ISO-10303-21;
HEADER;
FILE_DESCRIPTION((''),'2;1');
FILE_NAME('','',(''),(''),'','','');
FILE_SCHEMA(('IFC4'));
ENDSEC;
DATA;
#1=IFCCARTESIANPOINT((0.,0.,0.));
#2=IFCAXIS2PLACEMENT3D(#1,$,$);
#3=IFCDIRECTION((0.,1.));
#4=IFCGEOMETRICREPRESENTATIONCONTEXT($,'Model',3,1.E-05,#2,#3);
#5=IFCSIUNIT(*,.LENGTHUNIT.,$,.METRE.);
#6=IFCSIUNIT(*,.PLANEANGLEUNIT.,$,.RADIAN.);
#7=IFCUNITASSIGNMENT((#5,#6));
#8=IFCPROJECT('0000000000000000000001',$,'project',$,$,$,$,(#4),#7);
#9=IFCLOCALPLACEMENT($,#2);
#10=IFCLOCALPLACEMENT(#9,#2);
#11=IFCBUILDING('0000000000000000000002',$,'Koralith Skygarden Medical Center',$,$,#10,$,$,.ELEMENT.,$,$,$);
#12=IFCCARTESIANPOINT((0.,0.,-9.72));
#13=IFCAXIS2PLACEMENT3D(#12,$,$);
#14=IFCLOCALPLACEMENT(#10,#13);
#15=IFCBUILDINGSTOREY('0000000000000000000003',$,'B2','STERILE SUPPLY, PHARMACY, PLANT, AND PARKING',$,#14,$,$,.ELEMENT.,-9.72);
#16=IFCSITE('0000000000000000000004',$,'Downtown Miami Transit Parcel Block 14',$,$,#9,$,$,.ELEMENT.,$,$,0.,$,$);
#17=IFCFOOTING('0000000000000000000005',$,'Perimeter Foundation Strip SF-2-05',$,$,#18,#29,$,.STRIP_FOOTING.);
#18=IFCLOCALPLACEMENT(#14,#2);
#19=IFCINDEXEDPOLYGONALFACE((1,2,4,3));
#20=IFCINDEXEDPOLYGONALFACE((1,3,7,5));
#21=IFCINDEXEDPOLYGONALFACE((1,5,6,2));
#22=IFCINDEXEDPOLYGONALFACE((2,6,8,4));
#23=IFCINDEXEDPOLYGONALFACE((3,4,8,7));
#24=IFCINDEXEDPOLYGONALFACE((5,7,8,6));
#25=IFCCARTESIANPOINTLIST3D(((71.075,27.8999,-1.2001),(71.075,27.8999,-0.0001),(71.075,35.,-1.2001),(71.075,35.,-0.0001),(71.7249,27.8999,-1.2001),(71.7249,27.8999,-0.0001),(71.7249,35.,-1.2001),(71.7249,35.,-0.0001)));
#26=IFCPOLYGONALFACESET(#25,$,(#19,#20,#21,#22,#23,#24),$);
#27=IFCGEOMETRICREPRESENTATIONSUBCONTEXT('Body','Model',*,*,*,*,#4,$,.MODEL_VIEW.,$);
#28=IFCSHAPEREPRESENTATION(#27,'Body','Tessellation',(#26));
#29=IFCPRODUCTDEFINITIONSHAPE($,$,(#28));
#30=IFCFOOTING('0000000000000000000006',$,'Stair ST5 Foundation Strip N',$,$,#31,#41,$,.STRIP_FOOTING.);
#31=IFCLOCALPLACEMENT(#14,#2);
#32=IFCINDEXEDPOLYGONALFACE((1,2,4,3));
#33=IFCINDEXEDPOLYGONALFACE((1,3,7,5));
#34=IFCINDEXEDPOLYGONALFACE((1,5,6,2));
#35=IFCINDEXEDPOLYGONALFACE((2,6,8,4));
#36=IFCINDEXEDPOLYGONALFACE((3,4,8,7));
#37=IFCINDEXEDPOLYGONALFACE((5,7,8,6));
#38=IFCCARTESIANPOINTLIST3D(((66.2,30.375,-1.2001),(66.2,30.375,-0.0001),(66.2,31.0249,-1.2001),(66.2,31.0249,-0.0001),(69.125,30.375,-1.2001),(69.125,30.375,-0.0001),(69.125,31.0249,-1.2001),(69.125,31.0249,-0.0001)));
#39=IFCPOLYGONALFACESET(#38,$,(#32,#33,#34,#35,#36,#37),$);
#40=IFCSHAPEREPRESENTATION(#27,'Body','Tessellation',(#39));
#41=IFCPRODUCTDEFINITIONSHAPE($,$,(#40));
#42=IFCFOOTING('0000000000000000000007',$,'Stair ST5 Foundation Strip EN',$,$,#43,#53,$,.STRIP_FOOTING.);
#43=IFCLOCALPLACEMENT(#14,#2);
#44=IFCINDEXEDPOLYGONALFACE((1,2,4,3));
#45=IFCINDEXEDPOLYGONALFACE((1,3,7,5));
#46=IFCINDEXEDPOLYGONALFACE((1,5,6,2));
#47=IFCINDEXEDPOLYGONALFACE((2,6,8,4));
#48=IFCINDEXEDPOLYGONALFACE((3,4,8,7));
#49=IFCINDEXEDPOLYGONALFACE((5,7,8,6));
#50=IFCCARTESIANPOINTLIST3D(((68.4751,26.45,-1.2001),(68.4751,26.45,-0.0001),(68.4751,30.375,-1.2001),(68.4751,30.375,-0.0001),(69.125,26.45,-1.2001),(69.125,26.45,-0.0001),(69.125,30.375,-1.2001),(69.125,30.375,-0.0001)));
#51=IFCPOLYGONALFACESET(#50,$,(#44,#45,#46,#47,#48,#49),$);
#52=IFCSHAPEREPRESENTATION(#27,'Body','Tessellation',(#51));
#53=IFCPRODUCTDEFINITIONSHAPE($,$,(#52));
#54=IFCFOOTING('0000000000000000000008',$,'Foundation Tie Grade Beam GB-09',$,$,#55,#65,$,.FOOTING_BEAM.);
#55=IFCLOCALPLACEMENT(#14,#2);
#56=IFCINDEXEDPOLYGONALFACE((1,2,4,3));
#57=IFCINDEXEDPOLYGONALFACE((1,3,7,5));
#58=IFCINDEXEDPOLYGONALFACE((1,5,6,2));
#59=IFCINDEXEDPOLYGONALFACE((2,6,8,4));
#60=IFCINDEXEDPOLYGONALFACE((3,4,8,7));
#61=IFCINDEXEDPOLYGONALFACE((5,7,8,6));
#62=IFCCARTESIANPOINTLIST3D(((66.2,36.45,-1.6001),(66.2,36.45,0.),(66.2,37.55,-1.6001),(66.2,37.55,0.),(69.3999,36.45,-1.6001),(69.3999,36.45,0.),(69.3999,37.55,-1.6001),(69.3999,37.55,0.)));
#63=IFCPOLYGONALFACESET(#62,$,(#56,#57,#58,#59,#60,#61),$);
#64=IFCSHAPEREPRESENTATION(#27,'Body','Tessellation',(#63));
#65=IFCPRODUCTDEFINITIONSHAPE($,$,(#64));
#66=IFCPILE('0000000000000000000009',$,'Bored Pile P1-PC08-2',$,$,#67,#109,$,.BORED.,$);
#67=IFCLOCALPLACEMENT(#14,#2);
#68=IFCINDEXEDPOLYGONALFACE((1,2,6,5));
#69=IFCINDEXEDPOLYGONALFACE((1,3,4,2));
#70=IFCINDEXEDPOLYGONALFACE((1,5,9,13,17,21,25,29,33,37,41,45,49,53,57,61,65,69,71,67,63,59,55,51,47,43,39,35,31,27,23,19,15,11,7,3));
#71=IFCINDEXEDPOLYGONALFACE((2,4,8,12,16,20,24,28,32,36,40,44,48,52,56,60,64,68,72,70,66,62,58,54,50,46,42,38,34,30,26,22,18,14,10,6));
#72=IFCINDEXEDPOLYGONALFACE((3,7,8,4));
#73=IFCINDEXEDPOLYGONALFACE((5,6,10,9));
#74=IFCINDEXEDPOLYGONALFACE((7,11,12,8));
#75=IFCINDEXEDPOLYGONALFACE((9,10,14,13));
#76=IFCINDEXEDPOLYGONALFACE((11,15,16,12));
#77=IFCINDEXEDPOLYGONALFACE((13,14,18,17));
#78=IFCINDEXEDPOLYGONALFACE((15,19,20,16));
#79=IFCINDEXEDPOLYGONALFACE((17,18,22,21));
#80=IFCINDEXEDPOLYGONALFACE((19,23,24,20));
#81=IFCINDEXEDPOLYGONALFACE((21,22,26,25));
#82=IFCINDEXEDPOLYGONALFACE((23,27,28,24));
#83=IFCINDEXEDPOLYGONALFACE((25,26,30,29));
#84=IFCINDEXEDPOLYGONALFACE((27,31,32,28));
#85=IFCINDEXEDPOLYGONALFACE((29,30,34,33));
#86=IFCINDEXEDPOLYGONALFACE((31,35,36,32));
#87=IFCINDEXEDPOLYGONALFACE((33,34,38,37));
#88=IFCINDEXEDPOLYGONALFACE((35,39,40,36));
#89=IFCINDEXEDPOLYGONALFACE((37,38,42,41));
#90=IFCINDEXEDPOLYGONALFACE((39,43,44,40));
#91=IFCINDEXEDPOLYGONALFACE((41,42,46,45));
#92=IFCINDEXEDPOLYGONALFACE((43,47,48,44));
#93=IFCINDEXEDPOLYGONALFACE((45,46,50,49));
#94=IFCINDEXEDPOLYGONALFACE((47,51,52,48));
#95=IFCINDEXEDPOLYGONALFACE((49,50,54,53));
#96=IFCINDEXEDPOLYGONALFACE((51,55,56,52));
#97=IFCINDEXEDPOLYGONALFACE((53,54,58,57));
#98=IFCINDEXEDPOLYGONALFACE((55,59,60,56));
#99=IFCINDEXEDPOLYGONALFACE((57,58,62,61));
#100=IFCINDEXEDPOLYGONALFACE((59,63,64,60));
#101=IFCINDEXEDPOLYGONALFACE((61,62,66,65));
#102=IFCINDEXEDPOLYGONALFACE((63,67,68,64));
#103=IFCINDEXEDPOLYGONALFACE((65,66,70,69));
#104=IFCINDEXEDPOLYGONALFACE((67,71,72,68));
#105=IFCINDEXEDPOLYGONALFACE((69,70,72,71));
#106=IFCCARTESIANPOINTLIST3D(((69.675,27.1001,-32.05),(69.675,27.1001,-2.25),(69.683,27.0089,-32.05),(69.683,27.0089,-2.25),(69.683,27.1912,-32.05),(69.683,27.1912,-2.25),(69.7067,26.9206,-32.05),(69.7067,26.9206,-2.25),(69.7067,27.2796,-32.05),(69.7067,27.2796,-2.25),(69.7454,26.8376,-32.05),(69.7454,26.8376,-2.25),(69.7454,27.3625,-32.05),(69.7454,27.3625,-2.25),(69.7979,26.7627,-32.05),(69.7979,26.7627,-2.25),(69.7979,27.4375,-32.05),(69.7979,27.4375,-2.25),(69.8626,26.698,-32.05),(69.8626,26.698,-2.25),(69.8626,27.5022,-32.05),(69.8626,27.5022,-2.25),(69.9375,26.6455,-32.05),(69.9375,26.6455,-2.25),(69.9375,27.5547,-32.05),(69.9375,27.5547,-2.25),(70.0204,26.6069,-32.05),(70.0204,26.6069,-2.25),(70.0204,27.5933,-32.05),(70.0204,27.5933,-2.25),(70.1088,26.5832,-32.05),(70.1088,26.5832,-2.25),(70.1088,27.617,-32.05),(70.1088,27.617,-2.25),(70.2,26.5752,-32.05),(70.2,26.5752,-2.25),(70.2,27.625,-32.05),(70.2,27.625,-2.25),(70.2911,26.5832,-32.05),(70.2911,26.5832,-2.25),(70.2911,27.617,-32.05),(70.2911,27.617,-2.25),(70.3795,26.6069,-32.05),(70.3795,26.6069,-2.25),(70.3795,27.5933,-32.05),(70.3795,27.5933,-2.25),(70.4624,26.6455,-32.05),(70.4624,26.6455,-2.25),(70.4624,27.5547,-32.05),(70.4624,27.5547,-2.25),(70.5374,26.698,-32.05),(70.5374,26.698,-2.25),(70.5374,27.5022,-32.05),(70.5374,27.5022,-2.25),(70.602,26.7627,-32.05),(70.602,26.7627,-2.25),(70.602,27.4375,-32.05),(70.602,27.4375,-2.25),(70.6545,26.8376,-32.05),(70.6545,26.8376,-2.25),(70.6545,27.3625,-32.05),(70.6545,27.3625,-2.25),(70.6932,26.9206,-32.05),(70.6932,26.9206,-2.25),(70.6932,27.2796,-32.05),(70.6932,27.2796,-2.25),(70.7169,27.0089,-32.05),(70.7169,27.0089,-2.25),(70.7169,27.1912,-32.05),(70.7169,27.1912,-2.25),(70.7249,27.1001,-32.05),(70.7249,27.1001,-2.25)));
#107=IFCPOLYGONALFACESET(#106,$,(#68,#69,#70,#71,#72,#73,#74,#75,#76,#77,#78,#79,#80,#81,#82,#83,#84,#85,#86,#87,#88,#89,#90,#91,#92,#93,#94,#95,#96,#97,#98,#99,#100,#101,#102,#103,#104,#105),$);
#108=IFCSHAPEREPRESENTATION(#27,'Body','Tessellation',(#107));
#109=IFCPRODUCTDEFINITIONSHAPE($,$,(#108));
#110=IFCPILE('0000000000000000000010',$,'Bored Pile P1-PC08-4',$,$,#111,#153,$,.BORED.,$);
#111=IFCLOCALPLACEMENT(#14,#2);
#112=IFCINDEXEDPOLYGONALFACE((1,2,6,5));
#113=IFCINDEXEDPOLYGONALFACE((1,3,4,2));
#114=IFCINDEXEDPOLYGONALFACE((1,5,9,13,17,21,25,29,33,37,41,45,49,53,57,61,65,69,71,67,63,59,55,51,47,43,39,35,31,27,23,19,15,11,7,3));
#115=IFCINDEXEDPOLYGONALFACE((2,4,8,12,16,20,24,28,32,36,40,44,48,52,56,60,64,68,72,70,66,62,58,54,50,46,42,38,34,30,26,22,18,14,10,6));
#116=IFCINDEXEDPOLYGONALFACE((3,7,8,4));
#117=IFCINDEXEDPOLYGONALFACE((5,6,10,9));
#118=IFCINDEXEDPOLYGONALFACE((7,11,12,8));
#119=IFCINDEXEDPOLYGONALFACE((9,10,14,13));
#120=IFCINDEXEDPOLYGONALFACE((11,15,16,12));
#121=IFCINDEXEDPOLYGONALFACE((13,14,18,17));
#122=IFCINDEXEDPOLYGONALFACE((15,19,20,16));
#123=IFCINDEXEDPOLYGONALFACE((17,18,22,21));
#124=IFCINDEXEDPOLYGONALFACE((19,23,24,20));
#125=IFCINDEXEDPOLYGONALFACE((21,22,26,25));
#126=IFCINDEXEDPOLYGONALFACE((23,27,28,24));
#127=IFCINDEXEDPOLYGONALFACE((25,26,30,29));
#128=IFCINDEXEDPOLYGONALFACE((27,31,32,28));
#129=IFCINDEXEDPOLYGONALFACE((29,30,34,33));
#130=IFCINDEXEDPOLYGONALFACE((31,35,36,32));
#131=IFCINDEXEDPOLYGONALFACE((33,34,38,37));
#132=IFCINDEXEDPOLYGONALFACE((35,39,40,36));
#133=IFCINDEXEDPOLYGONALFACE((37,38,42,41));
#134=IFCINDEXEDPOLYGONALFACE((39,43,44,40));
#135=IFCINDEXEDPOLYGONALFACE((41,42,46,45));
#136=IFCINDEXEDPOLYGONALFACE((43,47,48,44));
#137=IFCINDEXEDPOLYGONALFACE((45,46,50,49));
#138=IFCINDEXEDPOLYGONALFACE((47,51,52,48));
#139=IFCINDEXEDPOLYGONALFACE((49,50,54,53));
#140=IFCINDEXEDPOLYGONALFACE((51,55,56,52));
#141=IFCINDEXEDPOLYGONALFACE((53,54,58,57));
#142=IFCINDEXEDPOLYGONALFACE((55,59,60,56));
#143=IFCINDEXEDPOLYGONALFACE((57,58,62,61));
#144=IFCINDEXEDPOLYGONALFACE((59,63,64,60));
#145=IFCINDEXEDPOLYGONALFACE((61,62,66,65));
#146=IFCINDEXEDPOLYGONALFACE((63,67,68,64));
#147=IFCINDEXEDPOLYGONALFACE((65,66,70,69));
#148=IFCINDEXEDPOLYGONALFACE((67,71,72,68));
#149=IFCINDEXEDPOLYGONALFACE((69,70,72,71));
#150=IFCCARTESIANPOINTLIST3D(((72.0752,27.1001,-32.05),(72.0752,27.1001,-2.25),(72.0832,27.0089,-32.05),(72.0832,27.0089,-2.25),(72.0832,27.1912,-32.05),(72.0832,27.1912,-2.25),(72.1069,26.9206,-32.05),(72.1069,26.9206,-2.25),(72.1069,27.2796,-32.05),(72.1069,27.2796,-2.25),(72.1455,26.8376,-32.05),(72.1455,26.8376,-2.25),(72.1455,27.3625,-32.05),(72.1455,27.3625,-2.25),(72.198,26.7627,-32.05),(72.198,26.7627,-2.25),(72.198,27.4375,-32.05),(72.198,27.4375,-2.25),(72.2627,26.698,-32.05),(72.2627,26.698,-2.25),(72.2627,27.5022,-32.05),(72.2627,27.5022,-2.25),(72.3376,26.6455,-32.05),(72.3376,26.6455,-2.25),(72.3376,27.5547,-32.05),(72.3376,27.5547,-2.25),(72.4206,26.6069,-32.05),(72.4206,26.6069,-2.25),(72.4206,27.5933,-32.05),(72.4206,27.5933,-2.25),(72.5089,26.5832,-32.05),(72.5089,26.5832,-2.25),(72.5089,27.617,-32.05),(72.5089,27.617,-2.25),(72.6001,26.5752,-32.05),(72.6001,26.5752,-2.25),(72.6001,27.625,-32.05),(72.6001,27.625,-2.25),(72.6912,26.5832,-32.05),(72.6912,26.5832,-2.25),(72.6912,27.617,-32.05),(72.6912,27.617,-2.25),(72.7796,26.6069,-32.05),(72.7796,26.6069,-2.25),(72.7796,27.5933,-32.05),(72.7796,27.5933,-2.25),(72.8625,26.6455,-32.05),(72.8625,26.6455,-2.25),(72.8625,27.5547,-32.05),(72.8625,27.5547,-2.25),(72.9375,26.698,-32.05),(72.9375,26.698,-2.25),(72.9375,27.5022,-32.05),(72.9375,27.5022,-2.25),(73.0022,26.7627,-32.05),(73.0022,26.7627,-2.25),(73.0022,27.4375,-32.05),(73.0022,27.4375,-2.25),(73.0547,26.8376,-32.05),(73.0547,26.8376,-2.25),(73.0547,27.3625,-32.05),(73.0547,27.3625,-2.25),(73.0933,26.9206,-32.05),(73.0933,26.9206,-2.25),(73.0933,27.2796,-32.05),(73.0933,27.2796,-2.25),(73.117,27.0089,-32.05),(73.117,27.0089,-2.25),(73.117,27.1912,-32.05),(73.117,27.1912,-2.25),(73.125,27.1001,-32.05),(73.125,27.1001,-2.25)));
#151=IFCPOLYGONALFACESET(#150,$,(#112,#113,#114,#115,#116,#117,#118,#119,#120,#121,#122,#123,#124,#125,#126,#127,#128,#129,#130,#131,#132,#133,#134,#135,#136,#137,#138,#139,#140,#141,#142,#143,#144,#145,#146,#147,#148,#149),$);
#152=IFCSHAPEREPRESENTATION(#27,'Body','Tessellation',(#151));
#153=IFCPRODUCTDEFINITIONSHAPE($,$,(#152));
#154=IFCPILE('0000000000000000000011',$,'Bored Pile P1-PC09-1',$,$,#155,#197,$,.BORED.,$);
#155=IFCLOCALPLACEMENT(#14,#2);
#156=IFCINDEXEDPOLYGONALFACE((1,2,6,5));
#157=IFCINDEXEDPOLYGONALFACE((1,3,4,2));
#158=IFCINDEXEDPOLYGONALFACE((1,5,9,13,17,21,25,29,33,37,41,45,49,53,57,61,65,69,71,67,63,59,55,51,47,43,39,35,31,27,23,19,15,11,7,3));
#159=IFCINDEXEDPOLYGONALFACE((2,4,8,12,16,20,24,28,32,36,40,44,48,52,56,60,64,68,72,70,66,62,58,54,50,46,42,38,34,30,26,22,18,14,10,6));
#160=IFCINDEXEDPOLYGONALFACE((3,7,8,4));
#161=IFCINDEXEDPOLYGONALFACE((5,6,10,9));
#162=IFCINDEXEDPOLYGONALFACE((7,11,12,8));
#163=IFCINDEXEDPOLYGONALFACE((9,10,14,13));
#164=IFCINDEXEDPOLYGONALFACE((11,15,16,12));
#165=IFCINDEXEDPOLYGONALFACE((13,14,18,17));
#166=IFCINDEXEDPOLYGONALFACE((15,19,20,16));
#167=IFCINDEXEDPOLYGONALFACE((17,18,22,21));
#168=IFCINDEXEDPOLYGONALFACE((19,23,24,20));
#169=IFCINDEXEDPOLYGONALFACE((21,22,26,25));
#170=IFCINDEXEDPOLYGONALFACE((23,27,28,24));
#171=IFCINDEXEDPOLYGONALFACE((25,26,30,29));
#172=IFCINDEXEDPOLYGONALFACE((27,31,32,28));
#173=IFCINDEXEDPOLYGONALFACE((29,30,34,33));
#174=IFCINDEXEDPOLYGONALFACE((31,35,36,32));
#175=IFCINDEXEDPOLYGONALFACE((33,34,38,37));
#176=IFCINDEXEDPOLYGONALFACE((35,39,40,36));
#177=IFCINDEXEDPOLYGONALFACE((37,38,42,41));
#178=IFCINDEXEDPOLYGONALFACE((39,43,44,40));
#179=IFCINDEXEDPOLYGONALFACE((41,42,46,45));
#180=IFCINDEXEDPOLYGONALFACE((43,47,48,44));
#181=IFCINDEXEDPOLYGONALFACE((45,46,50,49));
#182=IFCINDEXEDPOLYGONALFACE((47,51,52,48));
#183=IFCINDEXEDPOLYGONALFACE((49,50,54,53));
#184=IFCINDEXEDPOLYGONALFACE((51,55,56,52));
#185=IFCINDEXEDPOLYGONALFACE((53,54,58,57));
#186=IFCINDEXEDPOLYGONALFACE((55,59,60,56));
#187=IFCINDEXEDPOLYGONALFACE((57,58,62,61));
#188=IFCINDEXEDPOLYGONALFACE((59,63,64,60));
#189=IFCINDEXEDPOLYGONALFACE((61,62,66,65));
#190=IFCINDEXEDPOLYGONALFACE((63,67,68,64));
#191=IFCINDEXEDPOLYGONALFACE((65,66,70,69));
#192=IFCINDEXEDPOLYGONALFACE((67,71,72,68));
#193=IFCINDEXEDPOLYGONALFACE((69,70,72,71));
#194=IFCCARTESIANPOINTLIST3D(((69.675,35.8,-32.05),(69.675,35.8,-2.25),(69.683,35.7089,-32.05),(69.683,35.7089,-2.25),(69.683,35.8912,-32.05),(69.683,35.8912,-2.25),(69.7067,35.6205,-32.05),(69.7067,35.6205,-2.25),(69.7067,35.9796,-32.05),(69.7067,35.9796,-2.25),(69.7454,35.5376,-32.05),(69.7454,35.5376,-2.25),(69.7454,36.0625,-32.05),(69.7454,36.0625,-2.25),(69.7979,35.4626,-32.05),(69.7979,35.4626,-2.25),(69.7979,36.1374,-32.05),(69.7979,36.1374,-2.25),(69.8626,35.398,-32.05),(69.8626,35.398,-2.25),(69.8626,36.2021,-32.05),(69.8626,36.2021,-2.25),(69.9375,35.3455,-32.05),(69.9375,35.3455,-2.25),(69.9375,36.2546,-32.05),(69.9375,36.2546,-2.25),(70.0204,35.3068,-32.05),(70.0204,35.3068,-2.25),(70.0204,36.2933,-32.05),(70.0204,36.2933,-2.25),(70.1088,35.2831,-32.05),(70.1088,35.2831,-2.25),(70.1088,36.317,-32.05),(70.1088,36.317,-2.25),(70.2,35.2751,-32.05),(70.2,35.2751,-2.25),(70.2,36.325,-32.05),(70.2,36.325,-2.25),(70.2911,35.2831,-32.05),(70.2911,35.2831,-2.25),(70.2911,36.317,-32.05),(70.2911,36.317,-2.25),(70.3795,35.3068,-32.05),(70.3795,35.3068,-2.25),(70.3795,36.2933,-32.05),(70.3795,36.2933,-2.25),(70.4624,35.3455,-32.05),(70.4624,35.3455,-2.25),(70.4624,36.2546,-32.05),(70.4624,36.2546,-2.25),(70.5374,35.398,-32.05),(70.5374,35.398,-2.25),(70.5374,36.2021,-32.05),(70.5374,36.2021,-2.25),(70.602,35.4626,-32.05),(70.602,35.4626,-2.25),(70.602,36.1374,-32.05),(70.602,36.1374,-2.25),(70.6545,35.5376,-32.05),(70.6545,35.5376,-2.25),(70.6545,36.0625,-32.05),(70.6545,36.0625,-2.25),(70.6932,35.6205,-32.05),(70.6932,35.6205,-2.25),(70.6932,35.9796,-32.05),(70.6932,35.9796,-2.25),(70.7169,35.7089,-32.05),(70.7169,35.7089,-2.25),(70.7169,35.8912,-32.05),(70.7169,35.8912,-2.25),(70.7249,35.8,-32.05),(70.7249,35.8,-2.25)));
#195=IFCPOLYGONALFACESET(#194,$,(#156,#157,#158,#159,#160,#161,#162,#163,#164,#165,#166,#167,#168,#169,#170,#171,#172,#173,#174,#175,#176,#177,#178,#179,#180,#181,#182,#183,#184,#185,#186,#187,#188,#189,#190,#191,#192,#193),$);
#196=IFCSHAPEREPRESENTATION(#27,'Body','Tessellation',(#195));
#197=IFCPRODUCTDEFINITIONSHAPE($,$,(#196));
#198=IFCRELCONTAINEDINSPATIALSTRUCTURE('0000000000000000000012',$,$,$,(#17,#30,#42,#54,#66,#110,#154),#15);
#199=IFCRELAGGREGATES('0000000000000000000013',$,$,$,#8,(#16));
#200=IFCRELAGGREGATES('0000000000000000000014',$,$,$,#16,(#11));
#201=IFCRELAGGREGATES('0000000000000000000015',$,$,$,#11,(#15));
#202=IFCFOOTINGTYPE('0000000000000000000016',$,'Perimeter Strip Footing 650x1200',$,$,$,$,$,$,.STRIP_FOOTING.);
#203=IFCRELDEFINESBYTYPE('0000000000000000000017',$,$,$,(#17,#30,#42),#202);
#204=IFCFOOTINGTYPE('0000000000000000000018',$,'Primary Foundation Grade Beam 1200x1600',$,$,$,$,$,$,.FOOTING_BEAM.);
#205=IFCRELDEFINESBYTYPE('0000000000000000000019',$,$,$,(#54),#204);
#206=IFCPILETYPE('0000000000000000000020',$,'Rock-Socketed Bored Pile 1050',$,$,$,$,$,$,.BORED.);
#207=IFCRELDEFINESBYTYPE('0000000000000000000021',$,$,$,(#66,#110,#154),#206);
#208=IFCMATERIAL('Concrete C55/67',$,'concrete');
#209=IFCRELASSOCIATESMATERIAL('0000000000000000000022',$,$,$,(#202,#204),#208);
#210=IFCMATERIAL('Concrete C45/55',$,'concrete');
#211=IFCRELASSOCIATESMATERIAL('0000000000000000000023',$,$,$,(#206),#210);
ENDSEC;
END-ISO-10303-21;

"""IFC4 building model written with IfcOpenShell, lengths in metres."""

from ifc_helpers import new_model, si_unit, direction, frame, origin, origin_2d, place, context, subcontext, project, spatial, rectangle, circle, extrude, material, material_profile, profile_set, type_object, element, save


model = new_model("IFC4")

# Units and contexts
model_context = context("Model", 3, precision=1e-05, world=origin(), true_north=direction((0.0, 1.0)))
body_context = subcontext(model_context, "Body", "Model", "MODEL_VIEW")
ifc_project = project(units=[si_unit("LENGTHUNIT", "METRE"), si_unit("PLANEANGLEUNIT", "RADIAN")], contexts=[model_context])

# Site, building, storey
site_placement = place(None, origin())
site = spatial("IfcSite", under=ifc_project, at=site_placement, Name="Downtown Miami Transit Parcel Block 14", CompositionType="ELEMENT", RefElevation=0.0)
building_placement = place(site_placement, origin())
building = spatial("IfcBuilding", under=site, at=building_placement, Name="Koralith Skygarden Medical Center", CompositionType="ELEMENT")
storey_placement = place(building_placement, frame((0.0, 0.0, -9.72)))
storey = spatial("IfcBuildingStorey", under=building, at=storey_placement, Name="B2", Description="STERILE SUPPLY, PHARMACY, PLANT, AND PARKING", CompositionType="ELEMENT", Elevation=-9.72)

# Footings
ifc_material_1 = material(Name="Concrete C55/67", Category="concrete")
ifc_material_profile_1 = material_profile(ifc_material_1, rectangle(XDim=0.6499, YDim=1.2, at=origin_2d()), Name="SF650X1200")
ifc_profile_set_1 = profile_set([ifc_material_profile_1], Name="Concrete C55/67")
footing_type_1 = type_object("IfcFootingType", Name="Perimeter Strip Footing 650x1200", PredefinedType="STRIP_FOOTING", material=ifc_profile_set_1)
footing_1_placement = place(storey_placement, frame((71.3999, 27.8999, -0.6001), z_axis=(0.0, 1.0, 0.0), x_axis=(-1.0, 0.0, 0.0)))
element("IfcFooting", 1, at=footing_1_placement, inside=storey, type_object=footing_type_1, Name="Perimeter Foundation Strip SF-2-05", PredefinedType="STRIP_FOOTING", context=body_context, shape_type="SweptSolid", body=[
    extrude(rectangle(XDim=0.6499, YDim=1.2, at=origin_2d()), origin(), (0.0, 0.0, 1.0), 7.1001),
])
footing_2_placement = place(storey_placement, frame((66.2, 30.7, -0.6001), z_axis=(1.0, 0.0, 0.0), x_axis=(0.0, 1.0, 0.0)))
element("IfcFooting", 2, at=footing_2_placement, inside=storey, type_object=footing_type_1, Name="Stair ST5 Foundation Strip N", PredefinedType="STRIP_FOOTING", context=body_context, shape_type="SweptSolid", body=[
    extrude(rectangle(XDim=0.6499, YDim=1.2, at=origin_2d()), origin(), (0.0, 0.0, 1.0), 2.925),
])
footing_3_placement = place(storey_placement, frame((68.8, 26.45, -0.6001), z_axis=(0.0, 1.0, 0.0), x_axis=(-1.0, 0.0, 0.0)))
element("IfcFooting", 3, at=footing_3_placement, inside=storey, type_object=footing_type_1, Name="Stair ST5 Foundation Strip EN", PredefinedType="STRIP_FOOTING", context=body_context, shape_type="SweptSolid", body=[
    extrude(rectangle(XDim=0.6499, YDim=1.2, at=origin_2d()), origin(), (0.0, 0.0, 1.0), 3.925),
])
ifc_material_profile_2 = material_profile(ifc_material_1, rectangle(XDim=1.1001, YDim=1.6001, at=origin_2d()), Name="RCB1100X1600")
ifc_profile_set_2 = profile_set([ifc_material_profile_2], Name="Concrete C55/67")
footing_type_2 = type_object("IfcFootingType", Name="Primary Foundation Grade Beam 1200x1600", PredefinedType="FOOTING_BEAM", material=ifc_profile_set_2)
footing_4_placement = place(storey_placement, frame((66.2, 37.0, -0.8), z_axis=(1.0, 0.0, 0.0), x_axis=(0.0, 1.0, 0.0)))
element("IfcFooting", 4, at=footing_4_placement, inside=storey, type_object=footing_type_2, Name="Foundation Tie Grade Beam GB-09", PredefinedType="FOOTING_BEAM", context=body_context, shape_type="SweptSolid", body=[
    extrude(rectangle(XDim=1.1001, YDim=1.6001, at=origin_2d()), origin(), (0.0, 0.0, 1.0), 3.2),
])

# Piles
ifc_material_2 = material(Name="Concrete C45/55", Category="concrete")
ifc_material_profile_3 = material_profile(ifc_material_2, circle(Radius=0.5249, at=origin_2d()), Name="PILE1050")
ifc_profile_set_3 = profile_set([ifc_material_profile_3], Name="Concrete C45/55")
pile_type = type_object("IfcPileType", Name="Rock-Socketed Bored Pile 1050", PredefinedType="BORED", material=ifc_profile_set_3)
for number, where, z_axis, x_axis, name in (
    (5, (70.2, 27.1001, -2.25), (0.0, 0.0, -1.0), (1.0, 0.0, 0.0), "Bored Pile P1-PC08-2"),
    (6, (72.6001, 27.1001, -2.25), (0.0, 0.0, -1.0), (1.0, 0.0, 0.0), "Bored Pile P1-PC08-4"),
    (7, (70.2, 35.8, -2.25), (0.0, 0.0, -1.0), (1.0, 0.0, 0.0), "Bored Pile P1-PC09-1"),
):
    element("IfcPile", number, at=place(storey_placement, frame(where, z_axis=z_axis, x_axis=x_axis)), inside=storey, type_object=pile_type, Name=name, PredefinedType="BORED", context=body_context, shape_type="SweptSolid", body=[
        extrude(circle(Radius=0.5249, at=origin_2d()), origin(), (0.0, 0.0, 1.0), 29.8),
    ])

save(model, "model.ifc")
